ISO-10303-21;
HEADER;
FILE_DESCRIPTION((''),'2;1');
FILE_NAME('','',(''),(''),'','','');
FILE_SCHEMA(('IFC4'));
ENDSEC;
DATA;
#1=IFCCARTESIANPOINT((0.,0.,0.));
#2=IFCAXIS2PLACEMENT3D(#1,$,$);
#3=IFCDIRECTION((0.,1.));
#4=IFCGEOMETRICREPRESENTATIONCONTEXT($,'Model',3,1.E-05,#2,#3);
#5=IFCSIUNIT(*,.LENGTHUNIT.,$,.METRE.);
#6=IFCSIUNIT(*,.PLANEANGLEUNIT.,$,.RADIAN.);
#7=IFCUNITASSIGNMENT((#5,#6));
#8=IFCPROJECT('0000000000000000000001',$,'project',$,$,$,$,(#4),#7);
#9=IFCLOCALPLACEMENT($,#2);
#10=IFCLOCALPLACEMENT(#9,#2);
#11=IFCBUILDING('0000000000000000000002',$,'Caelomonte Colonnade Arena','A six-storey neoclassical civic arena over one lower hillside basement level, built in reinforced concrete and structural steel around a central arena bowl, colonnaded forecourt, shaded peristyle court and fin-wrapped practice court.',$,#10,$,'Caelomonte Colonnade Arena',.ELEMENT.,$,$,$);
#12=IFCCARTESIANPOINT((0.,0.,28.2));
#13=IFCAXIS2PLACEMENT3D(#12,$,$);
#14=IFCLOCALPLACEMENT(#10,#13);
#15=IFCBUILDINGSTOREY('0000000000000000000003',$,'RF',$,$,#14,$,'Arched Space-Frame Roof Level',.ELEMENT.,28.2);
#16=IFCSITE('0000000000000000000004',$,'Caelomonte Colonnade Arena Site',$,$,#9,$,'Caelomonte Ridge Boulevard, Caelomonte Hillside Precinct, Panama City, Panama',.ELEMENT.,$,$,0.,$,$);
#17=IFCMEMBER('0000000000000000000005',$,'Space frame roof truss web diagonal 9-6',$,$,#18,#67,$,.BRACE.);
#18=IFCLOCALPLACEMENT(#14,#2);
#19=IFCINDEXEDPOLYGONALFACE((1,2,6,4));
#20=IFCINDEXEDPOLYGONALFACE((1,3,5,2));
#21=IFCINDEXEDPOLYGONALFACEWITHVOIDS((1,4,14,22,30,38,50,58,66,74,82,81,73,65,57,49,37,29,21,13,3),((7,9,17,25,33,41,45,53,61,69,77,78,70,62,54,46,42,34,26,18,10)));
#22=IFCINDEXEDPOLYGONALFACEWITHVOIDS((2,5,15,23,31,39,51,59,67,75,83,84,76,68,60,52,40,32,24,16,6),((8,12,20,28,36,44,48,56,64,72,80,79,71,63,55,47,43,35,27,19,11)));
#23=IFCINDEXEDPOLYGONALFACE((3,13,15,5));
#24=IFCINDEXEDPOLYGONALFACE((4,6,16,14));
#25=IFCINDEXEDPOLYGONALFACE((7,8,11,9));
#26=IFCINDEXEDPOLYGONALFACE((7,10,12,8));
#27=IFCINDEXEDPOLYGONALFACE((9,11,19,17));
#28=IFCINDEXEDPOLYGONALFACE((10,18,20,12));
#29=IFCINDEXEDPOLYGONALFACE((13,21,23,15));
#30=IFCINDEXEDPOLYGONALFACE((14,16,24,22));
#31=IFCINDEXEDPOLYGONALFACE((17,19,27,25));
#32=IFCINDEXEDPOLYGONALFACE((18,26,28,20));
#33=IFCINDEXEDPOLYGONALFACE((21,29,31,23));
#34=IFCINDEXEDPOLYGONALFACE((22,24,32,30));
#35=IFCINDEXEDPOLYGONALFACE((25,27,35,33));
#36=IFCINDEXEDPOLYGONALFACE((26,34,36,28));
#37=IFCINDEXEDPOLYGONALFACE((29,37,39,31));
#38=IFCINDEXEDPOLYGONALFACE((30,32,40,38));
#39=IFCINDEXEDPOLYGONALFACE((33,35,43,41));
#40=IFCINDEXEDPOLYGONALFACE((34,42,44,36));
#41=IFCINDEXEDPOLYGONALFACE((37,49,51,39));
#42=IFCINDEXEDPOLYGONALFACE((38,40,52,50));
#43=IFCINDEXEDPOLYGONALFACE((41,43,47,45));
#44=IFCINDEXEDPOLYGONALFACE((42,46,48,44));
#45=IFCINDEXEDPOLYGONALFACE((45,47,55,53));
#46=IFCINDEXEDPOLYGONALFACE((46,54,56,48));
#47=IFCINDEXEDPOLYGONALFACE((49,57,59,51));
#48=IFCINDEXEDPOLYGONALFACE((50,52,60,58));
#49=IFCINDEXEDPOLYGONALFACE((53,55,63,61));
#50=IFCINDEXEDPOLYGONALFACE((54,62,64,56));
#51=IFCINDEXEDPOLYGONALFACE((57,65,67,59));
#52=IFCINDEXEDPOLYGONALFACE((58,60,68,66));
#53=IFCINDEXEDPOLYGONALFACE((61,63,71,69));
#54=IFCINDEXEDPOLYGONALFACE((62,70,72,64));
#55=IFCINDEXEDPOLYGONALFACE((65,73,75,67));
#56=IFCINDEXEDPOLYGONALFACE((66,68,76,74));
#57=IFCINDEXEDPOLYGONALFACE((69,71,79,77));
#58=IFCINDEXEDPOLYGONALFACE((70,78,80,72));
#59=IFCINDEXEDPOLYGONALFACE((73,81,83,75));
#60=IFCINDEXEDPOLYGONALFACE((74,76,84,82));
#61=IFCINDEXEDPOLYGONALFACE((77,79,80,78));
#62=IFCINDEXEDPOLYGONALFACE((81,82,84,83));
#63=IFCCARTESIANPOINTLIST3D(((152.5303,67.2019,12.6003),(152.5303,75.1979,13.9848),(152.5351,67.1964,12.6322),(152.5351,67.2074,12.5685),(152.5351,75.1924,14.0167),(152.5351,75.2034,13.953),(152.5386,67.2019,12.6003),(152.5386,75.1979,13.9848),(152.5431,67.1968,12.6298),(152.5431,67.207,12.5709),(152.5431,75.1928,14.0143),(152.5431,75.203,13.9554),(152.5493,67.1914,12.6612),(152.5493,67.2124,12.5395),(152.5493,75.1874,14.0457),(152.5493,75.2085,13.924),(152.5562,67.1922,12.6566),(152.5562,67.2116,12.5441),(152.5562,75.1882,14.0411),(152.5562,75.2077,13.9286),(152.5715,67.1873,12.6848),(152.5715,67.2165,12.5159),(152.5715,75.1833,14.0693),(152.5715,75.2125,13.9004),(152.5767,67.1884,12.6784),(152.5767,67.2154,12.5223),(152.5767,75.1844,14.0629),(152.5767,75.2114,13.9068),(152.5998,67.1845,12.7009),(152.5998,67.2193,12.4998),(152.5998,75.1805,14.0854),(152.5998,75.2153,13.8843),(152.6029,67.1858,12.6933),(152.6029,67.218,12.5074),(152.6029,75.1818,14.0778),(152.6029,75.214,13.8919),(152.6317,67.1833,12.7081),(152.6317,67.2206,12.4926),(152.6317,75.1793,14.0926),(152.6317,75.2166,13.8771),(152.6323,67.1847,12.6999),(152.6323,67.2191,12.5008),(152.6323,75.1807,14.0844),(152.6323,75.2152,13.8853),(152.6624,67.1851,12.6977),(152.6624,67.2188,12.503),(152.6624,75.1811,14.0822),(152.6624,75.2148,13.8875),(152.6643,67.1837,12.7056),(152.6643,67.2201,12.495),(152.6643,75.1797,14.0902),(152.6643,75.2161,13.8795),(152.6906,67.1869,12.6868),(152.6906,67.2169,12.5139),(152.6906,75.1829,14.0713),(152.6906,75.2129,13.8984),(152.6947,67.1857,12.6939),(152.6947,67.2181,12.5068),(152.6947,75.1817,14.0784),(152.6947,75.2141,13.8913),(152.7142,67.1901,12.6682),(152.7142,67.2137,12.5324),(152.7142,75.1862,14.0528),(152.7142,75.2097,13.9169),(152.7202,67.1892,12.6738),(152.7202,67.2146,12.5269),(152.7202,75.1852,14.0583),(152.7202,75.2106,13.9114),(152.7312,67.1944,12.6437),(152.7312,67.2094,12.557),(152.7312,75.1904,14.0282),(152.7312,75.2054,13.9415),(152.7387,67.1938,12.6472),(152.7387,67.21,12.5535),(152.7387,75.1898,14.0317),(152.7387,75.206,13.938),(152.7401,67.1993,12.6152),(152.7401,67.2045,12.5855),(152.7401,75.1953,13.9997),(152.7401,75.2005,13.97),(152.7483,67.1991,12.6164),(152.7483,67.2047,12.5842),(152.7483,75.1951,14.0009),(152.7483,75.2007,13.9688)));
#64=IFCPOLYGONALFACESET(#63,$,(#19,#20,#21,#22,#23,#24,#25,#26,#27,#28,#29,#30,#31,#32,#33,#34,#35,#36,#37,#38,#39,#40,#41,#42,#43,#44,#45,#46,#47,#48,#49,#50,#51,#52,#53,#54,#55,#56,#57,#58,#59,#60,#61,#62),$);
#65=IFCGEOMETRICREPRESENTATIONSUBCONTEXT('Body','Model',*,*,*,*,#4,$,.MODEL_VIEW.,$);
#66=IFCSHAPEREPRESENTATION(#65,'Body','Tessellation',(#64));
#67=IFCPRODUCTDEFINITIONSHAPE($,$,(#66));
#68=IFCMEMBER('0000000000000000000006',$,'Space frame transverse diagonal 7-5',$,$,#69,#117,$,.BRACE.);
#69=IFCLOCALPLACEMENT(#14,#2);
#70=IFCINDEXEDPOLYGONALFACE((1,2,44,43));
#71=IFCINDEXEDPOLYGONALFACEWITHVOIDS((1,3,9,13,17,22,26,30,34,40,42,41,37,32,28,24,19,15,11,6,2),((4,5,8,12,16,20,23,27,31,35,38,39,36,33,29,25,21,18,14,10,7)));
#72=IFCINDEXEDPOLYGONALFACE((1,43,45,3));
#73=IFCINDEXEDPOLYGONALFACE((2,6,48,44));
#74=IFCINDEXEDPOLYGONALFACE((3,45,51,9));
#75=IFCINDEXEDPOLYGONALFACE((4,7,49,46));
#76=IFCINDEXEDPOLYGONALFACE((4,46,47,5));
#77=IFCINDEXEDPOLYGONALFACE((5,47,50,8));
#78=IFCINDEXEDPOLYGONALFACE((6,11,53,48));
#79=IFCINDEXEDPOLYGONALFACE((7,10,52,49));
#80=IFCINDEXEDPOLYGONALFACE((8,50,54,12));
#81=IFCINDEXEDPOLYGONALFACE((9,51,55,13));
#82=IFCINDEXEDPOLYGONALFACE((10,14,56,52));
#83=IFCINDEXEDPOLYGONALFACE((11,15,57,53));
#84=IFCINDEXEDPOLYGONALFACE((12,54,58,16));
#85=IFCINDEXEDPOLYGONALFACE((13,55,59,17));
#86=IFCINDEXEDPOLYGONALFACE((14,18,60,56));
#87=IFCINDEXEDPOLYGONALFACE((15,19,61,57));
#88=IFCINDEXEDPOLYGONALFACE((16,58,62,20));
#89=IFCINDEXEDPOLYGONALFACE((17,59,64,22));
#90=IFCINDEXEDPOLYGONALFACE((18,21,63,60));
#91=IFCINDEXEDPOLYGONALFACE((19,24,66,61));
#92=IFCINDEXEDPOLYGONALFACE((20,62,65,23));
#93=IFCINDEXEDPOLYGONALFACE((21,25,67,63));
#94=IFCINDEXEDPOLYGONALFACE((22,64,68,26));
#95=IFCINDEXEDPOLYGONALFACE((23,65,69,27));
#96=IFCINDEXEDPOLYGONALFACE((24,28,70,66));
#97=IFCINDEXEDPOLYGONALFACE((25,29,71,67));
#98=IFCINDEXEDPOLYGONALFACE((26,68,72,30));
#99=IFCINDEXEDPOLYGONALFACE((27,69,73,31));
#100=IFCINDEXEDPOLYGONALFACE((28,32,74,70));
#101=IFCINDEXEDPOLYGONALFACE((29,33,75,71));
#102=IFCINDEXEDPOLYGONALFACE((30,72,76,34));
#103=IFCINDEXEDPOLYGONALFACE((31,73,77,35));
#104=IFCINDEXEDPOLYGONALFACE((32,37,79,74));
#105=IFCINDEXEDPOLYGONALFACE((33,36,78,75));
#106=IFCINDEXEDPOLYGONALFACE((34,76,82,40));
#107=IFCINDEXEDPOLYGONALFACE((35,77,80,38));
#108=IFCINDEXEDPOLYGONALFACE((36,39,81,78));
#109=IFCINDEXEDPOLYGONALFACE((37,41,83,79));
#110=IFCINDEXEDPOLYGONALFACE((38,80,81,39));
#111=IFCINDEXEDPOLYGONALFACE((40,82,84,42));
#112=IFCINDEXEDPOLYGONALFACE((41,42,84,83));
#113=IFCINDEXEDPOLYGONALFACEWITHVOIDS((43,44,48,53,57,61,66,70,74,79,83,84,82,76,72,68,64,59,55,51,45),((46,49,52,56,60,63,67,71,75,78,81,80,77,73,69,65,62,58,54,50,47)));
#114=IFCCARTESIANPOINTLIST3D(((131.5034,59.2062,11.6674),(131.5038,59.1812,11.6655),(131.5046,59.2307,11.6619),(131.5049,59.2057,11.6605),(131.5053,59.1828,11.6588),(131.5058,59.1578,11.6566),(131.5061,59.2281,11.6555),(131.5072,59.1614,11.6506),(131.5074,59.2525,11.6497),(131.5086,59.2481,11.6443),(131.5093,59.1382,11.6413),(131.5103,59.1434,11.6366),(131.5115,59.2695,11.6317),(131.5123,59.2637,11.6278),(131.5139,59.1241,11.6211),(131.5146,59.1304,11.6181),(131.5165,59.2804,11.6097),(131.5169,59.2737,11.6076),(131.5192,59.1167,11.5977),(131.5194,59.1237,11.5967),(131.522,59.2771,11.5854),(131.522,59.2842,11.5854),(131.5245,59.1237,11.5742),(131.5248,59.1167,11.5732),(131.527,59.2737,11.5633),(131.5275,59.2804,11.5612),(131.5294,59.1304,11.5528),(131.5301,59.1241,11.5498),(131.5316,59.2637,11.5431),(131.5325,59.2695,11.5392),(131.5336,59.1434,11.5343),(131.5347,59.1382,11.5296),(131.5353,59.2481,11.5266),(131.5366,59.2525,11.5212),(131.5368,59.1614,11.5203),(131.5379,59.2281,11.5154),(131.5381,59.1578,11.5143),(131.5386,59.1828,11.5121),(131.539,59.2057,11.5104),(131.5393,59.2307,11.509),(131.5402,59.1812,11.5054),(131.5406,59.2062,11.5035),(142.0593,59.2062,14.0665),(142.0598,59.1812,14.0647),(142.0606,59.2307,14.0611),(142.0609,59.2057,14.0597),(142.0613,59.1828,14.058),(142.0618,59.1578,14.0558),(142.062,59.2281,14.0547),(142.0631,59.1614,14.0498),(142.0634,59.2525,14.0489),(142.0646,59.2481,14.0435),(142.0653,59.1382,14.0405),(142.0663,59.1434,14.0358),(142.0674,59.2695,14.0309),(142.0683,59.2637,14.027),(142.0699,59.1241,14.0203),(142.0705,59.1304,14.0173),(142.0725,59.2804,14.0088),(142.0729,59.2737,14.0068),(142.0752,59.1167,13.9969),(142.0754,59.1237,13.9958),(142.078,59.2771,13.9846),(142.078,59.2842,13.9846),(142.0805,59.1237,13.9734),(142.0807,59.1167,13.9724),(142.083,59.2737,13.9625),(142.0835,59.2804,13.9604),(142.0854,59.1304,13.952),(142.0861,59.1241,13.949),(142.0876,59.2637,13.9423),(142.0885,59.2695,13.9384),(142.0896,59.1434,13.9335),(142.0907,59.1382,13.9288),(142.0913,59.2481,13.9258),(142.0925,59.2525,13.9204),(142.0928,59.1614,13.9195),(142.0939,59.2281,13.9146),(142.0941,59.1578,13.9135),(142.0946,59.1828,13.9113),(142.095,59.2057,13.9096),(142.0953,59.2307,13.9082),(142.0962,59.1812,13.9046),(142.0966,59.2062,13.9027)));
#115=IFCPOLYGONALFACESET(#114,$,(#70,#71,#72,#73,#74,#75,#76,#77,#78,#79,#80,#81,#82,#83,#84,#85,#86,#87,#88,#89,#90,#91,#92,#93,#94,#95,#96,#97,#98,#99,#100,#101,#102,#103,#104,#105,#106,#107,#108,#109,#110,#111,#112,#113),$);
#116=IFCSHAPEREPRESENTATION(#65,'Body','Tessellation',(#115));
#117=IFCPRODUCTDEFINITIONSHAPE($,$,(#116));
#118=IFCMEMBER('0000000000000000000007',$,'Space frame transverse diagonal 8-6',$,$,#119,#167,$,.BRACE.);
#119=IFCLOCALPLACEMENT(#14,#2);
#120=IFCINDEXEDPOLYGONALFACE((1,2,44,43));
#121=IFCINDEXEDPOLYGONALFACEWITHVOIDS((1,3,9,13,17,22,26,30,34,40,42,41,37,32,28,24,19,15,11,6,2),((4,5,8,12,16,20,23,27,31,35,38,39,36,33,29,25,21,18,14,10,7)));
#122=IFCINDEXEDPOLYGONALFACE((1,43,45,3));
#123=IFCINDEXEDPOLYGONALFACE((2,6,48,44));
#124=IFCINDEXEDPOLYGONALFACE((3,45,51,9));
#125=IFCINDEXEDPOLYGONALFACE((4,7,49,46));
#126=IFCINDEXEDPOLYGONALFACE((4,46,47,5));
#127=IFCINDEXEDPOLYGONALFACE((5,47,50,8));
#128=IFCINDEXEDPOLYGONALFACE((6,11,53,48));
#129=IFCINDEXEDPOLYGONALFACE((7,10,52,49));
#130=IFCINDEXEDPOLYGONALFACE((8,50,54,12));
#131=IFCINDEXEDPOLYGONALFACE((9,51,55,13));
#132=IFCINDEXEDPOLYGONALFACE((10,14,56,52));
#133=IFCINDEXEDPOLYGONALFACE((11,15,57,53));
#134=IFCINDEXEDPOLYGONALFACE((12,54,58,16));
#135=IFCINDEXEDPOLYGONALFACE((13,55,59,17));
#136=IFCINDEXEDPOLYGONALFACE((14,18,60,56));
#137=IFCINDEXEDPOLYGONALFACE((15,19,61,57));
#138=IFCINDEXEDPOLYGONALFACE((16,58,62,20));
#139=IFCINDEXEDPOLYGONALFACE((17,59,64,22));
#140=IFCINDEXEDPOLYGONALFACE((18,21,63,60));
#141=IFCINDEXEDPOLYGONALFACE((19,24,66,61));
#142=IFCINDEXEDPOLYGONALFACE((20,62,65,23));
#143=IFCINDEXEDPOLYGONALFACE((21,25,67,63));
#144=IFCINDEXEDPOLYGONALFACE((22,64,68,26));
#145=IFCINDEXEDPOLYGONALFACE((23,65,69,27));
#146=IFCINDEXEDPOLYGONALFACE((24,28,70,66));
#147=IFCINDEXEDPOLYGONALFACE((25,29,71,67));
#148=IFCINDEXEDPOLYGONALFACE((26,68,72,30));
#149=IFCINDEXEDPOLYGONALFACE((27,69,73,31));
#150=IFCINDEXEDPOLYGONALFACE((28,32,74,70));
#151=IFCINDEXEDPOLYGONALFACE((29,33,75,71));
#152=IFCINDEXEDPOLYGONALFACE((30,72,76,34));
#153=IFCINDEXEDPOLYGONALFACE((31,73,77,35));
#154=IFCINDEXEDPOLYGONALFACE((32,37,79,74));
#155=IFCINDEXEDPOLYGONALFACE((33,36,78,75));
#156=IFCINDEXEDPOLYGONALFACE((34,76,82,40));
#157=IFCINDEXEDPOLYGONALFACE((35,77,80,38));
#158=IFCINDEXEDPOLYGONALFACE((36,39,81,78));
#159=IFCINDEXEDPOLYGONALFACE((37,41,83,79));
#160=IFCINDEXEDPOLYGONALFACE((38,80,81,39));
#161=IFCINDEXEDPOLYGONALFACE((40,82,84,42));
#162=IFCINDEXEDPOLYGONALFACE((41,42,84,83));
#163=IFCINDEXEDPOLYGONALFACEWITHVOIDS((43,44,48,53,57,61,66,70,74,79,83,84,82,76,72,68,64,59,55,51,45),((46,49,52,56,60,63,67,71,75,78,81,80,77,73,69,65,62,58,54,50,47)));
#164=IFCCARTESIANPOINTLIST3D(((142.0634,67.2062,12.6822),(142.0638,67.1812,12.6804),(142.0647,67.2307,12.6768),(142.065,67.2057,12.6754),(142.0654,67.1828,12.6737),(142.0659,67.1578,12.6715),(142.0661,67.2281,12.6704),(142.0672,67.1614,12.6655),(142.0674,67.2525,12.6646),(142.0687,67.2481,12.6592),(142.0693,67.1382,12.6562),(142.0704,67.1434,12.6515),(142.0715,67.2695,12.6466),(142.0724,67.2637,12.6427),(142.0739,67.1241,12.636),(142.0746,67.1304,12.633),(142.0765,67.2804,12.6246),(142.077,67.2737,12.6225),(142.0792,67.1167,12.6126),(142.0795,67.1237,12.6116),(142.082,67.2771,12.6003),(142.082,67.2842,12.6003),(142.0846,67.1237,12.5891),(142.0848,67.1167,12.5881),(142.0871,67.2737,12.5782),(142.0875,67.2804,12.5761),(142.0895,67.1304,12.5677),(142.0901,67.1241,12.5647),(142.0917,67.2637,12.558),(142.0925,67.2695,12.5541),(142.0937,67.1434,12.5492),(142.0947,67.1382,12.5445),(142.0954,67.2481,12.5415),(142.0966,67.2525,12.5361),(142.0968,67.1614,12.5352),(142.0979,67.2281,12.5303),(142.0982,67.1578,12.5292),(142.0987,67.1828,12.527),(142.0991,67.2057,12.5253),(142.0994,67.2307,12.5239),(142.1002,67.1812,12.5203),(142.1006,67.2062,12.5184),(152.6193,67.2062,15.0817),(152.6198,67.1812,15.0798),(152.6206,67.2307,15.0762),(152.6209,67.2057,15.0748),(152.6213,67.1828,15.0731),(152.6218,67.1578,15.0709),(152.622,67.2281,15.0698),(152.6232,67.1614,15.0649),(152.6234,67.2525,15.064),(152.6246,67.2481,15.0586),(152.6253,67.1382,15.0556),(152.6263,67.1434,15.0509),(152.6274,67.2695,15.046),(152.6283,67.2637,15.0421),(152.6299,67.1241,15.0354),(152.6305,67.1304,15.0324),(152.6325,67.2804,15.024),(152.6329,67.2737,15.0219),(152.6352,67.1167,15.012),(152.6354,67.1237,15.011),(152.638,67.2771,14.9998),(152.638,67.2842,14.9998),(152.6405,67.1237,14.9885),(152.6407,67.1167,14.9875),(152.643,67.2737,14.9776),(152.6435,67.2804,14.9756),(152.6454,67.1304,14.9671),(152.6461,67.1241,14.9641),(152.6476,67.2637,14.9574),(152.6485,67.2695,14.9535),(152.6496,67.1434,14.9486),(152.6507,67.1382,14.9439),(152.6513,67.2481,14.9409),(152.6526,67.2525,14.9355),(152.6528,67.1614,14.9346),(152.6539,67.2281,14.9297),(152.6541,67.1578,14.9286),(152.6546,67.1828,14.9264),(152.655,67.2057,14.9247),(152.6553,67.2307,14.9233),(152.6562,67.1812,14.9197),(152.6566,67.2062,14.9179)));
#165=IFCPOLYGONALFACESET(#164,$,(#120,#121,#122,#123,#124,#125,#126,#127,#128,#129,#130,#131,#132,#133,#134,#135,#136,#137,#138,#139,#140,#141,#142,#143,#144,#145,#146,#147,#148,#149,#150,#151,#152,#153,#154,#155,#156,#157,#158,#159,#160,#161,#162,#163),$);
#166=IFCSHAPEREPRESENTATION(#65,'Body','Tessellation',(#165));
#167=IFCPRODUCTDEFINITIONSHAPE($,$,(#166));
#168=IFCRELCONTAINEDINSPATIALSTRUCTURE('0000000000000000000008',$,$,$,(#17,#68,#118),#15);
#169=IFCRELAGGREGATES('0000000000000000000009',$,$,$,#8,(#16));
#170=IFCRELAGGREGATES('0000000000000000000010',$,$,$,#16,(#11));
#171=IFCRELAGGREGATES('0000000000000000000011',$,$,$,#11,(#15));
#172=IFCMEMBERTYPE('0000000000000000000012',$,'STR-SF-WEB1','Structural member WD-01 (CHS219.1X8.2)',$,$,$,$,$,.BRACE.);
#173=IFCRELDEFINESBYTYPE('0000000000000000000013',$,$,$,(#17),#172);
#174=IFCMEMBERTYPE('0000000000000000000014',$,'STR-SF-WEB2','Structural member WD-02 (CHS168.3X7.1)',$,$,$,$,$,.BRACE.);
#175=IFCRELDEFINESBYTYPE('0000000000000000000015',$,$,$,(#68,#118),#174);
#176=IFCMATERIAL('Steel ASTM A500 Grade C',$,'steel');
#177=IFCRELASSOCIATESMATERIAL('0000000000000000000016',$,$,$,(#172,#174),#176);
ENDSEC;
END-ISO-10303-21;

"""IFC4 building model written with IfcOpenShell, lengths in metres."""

from ifc_helpers import new_model, si_unit, direction, frame, origin, origin_2d, place, context, subcontext, project, spatial, hollow_circle, extrude, material, material_profile, profile_set, type_object, element, save


model = new_model("IFC4")

# Units and contexts
model_context = context("Model", 3, precision=1e-05, world=origin(), true_north=direction((0.0, 1.0)))
body_context = subcontext(model_context, "Body", "Model", "MODEL_VIEW")
ifc_project = project(units=[si_unit("LENGTHUNIT", "METRE"), si_unit("PLANEANGLEUNIT", "RADIAN")], contexts=[model_context])

# Site, building, storey
site_placement = place(None, origin())
site = spatial("IfcSite", under=ifc_project, at=site_placement, Name="Caelomonte Colonnade Arena Site", LongName="Caelomonte Ridge Boulevard, Caelomonte Hillside Precinct, Panama City, Panama", CompositionType="ELEMENT", RefElevation=0.0)
building_placement = place(site_placement, origin())
building = spatial("IfcBuilding", under=site, at=building_placement, Name="Caelomonte Colonnade Arena", Description="A six-storey neoclassical civic arena over one lower hillside basement level, built in reinforced concrete and structural steel around a central arena bowl, colonnaded forecourt, shaded peristyle court and fin-wrapped practice court.", LongName="Caelomonte Colonnade Arena", CompositionType="ELEMENT")
storey_placement = place(building_placement, frame((0.0, 0.0, 28.2)))
storey = spatial("IfcBuildingStorey", under=building, at=storey_placement, Name="RF", LongName="Arched Space-Frame Roof Level", CompositionType="ELEMENT", Elevation=28.2)

# Members
ifc_material_1 = material(Name="Steel ASTM A500 Grade C", Category="steel")
ifc_material_profile_1 = material_profile(ifc_material_1, hollow_circle(Radius=0.1096, WallThickness=0.0083, at=origin_2d()), Name="CHS219.1X8.2")
ifc_profile_set_1 = profile_set([ifc_material_profile_1], Name="Steel ASTM A500 Grade C")
member_type_1 = type_object("IfcMemberType", Name="STR-SF-WEB1", Description="Structural member WD-01 (CHS219.1X8.2)", PredefinedType="BRACE", material=ifc_profile_set_1)
for number, where, z_axis, x_axis, name in (
    (1, (152.6399, 67.2019, 12.6003), (0.0, 0.985338, 0.170611), (-1.0, 0.0, 0.0), "Space frame roof truss web diagonal 9-6"),
):
    element("IfcMember", number, at=place(storey_placement, frame(where, z_axis=z_axis, x_axis=x_axis)), inside=storey, type_object=member_type_1, Name=name, PredefinedType="BRACE", context=body_context, shape_type="SweptSolid", body=[
        extrude(hollow_circle(Radius=0.1096, WallThickness=0.0083, at=origin_2d()), origin(), (0.0, 0.0, 1.0), 8.115),
    ])
ifc_material_profile_2 = material_profile(ifc_material_1, hollow_circle(Radius=0.0842, WallThickness=0.0071, at=origin_2d()), Name="CHS168.3X7.1")
ifc_profile_set_2 = profile_set([ifc_material_profile_2], Name="Steel ASTM A500 Grade C")
member_type_2 = type_object("IfcMemberType", Name="STR-SF-WEB2", Description="Structural member WD-02 (CHS168.3X7.1)", PredefinedType="BRACE", material=ifc_profile_set_2)
for number, where, z_axis, x_axis, name in (
    (2, (131.522, 59.2, 11.5854), (0.975131, 0.0, 0.22163), (0.0, 1.0, 0.0), "Space frame transverse diagonal 7-5"),
    (3, (142.082, 67.2, 12.6003), (0.975126, 0.0, 0.221651), (0.0, 1.0, 0.0), "Space frame transverse diagonal 8-6"),
):
    element("IfcMember", number, at=place(storey_placement, frame(where, z_axis=z_axis, x_axis=x_axis)), inside=storey, type_object=member_type_2, Name=name, PredefinedType="BRACE", context=body_context, shape_type="SweptSolid", body=[
        extrude(hollow_circle(Radius=0.0842, WallThickness=0.0071, at=origin_2d()), origin(), (0.0, 0.0, 1.0), 10.8252),
    ])

save(model, "model.ifc")
